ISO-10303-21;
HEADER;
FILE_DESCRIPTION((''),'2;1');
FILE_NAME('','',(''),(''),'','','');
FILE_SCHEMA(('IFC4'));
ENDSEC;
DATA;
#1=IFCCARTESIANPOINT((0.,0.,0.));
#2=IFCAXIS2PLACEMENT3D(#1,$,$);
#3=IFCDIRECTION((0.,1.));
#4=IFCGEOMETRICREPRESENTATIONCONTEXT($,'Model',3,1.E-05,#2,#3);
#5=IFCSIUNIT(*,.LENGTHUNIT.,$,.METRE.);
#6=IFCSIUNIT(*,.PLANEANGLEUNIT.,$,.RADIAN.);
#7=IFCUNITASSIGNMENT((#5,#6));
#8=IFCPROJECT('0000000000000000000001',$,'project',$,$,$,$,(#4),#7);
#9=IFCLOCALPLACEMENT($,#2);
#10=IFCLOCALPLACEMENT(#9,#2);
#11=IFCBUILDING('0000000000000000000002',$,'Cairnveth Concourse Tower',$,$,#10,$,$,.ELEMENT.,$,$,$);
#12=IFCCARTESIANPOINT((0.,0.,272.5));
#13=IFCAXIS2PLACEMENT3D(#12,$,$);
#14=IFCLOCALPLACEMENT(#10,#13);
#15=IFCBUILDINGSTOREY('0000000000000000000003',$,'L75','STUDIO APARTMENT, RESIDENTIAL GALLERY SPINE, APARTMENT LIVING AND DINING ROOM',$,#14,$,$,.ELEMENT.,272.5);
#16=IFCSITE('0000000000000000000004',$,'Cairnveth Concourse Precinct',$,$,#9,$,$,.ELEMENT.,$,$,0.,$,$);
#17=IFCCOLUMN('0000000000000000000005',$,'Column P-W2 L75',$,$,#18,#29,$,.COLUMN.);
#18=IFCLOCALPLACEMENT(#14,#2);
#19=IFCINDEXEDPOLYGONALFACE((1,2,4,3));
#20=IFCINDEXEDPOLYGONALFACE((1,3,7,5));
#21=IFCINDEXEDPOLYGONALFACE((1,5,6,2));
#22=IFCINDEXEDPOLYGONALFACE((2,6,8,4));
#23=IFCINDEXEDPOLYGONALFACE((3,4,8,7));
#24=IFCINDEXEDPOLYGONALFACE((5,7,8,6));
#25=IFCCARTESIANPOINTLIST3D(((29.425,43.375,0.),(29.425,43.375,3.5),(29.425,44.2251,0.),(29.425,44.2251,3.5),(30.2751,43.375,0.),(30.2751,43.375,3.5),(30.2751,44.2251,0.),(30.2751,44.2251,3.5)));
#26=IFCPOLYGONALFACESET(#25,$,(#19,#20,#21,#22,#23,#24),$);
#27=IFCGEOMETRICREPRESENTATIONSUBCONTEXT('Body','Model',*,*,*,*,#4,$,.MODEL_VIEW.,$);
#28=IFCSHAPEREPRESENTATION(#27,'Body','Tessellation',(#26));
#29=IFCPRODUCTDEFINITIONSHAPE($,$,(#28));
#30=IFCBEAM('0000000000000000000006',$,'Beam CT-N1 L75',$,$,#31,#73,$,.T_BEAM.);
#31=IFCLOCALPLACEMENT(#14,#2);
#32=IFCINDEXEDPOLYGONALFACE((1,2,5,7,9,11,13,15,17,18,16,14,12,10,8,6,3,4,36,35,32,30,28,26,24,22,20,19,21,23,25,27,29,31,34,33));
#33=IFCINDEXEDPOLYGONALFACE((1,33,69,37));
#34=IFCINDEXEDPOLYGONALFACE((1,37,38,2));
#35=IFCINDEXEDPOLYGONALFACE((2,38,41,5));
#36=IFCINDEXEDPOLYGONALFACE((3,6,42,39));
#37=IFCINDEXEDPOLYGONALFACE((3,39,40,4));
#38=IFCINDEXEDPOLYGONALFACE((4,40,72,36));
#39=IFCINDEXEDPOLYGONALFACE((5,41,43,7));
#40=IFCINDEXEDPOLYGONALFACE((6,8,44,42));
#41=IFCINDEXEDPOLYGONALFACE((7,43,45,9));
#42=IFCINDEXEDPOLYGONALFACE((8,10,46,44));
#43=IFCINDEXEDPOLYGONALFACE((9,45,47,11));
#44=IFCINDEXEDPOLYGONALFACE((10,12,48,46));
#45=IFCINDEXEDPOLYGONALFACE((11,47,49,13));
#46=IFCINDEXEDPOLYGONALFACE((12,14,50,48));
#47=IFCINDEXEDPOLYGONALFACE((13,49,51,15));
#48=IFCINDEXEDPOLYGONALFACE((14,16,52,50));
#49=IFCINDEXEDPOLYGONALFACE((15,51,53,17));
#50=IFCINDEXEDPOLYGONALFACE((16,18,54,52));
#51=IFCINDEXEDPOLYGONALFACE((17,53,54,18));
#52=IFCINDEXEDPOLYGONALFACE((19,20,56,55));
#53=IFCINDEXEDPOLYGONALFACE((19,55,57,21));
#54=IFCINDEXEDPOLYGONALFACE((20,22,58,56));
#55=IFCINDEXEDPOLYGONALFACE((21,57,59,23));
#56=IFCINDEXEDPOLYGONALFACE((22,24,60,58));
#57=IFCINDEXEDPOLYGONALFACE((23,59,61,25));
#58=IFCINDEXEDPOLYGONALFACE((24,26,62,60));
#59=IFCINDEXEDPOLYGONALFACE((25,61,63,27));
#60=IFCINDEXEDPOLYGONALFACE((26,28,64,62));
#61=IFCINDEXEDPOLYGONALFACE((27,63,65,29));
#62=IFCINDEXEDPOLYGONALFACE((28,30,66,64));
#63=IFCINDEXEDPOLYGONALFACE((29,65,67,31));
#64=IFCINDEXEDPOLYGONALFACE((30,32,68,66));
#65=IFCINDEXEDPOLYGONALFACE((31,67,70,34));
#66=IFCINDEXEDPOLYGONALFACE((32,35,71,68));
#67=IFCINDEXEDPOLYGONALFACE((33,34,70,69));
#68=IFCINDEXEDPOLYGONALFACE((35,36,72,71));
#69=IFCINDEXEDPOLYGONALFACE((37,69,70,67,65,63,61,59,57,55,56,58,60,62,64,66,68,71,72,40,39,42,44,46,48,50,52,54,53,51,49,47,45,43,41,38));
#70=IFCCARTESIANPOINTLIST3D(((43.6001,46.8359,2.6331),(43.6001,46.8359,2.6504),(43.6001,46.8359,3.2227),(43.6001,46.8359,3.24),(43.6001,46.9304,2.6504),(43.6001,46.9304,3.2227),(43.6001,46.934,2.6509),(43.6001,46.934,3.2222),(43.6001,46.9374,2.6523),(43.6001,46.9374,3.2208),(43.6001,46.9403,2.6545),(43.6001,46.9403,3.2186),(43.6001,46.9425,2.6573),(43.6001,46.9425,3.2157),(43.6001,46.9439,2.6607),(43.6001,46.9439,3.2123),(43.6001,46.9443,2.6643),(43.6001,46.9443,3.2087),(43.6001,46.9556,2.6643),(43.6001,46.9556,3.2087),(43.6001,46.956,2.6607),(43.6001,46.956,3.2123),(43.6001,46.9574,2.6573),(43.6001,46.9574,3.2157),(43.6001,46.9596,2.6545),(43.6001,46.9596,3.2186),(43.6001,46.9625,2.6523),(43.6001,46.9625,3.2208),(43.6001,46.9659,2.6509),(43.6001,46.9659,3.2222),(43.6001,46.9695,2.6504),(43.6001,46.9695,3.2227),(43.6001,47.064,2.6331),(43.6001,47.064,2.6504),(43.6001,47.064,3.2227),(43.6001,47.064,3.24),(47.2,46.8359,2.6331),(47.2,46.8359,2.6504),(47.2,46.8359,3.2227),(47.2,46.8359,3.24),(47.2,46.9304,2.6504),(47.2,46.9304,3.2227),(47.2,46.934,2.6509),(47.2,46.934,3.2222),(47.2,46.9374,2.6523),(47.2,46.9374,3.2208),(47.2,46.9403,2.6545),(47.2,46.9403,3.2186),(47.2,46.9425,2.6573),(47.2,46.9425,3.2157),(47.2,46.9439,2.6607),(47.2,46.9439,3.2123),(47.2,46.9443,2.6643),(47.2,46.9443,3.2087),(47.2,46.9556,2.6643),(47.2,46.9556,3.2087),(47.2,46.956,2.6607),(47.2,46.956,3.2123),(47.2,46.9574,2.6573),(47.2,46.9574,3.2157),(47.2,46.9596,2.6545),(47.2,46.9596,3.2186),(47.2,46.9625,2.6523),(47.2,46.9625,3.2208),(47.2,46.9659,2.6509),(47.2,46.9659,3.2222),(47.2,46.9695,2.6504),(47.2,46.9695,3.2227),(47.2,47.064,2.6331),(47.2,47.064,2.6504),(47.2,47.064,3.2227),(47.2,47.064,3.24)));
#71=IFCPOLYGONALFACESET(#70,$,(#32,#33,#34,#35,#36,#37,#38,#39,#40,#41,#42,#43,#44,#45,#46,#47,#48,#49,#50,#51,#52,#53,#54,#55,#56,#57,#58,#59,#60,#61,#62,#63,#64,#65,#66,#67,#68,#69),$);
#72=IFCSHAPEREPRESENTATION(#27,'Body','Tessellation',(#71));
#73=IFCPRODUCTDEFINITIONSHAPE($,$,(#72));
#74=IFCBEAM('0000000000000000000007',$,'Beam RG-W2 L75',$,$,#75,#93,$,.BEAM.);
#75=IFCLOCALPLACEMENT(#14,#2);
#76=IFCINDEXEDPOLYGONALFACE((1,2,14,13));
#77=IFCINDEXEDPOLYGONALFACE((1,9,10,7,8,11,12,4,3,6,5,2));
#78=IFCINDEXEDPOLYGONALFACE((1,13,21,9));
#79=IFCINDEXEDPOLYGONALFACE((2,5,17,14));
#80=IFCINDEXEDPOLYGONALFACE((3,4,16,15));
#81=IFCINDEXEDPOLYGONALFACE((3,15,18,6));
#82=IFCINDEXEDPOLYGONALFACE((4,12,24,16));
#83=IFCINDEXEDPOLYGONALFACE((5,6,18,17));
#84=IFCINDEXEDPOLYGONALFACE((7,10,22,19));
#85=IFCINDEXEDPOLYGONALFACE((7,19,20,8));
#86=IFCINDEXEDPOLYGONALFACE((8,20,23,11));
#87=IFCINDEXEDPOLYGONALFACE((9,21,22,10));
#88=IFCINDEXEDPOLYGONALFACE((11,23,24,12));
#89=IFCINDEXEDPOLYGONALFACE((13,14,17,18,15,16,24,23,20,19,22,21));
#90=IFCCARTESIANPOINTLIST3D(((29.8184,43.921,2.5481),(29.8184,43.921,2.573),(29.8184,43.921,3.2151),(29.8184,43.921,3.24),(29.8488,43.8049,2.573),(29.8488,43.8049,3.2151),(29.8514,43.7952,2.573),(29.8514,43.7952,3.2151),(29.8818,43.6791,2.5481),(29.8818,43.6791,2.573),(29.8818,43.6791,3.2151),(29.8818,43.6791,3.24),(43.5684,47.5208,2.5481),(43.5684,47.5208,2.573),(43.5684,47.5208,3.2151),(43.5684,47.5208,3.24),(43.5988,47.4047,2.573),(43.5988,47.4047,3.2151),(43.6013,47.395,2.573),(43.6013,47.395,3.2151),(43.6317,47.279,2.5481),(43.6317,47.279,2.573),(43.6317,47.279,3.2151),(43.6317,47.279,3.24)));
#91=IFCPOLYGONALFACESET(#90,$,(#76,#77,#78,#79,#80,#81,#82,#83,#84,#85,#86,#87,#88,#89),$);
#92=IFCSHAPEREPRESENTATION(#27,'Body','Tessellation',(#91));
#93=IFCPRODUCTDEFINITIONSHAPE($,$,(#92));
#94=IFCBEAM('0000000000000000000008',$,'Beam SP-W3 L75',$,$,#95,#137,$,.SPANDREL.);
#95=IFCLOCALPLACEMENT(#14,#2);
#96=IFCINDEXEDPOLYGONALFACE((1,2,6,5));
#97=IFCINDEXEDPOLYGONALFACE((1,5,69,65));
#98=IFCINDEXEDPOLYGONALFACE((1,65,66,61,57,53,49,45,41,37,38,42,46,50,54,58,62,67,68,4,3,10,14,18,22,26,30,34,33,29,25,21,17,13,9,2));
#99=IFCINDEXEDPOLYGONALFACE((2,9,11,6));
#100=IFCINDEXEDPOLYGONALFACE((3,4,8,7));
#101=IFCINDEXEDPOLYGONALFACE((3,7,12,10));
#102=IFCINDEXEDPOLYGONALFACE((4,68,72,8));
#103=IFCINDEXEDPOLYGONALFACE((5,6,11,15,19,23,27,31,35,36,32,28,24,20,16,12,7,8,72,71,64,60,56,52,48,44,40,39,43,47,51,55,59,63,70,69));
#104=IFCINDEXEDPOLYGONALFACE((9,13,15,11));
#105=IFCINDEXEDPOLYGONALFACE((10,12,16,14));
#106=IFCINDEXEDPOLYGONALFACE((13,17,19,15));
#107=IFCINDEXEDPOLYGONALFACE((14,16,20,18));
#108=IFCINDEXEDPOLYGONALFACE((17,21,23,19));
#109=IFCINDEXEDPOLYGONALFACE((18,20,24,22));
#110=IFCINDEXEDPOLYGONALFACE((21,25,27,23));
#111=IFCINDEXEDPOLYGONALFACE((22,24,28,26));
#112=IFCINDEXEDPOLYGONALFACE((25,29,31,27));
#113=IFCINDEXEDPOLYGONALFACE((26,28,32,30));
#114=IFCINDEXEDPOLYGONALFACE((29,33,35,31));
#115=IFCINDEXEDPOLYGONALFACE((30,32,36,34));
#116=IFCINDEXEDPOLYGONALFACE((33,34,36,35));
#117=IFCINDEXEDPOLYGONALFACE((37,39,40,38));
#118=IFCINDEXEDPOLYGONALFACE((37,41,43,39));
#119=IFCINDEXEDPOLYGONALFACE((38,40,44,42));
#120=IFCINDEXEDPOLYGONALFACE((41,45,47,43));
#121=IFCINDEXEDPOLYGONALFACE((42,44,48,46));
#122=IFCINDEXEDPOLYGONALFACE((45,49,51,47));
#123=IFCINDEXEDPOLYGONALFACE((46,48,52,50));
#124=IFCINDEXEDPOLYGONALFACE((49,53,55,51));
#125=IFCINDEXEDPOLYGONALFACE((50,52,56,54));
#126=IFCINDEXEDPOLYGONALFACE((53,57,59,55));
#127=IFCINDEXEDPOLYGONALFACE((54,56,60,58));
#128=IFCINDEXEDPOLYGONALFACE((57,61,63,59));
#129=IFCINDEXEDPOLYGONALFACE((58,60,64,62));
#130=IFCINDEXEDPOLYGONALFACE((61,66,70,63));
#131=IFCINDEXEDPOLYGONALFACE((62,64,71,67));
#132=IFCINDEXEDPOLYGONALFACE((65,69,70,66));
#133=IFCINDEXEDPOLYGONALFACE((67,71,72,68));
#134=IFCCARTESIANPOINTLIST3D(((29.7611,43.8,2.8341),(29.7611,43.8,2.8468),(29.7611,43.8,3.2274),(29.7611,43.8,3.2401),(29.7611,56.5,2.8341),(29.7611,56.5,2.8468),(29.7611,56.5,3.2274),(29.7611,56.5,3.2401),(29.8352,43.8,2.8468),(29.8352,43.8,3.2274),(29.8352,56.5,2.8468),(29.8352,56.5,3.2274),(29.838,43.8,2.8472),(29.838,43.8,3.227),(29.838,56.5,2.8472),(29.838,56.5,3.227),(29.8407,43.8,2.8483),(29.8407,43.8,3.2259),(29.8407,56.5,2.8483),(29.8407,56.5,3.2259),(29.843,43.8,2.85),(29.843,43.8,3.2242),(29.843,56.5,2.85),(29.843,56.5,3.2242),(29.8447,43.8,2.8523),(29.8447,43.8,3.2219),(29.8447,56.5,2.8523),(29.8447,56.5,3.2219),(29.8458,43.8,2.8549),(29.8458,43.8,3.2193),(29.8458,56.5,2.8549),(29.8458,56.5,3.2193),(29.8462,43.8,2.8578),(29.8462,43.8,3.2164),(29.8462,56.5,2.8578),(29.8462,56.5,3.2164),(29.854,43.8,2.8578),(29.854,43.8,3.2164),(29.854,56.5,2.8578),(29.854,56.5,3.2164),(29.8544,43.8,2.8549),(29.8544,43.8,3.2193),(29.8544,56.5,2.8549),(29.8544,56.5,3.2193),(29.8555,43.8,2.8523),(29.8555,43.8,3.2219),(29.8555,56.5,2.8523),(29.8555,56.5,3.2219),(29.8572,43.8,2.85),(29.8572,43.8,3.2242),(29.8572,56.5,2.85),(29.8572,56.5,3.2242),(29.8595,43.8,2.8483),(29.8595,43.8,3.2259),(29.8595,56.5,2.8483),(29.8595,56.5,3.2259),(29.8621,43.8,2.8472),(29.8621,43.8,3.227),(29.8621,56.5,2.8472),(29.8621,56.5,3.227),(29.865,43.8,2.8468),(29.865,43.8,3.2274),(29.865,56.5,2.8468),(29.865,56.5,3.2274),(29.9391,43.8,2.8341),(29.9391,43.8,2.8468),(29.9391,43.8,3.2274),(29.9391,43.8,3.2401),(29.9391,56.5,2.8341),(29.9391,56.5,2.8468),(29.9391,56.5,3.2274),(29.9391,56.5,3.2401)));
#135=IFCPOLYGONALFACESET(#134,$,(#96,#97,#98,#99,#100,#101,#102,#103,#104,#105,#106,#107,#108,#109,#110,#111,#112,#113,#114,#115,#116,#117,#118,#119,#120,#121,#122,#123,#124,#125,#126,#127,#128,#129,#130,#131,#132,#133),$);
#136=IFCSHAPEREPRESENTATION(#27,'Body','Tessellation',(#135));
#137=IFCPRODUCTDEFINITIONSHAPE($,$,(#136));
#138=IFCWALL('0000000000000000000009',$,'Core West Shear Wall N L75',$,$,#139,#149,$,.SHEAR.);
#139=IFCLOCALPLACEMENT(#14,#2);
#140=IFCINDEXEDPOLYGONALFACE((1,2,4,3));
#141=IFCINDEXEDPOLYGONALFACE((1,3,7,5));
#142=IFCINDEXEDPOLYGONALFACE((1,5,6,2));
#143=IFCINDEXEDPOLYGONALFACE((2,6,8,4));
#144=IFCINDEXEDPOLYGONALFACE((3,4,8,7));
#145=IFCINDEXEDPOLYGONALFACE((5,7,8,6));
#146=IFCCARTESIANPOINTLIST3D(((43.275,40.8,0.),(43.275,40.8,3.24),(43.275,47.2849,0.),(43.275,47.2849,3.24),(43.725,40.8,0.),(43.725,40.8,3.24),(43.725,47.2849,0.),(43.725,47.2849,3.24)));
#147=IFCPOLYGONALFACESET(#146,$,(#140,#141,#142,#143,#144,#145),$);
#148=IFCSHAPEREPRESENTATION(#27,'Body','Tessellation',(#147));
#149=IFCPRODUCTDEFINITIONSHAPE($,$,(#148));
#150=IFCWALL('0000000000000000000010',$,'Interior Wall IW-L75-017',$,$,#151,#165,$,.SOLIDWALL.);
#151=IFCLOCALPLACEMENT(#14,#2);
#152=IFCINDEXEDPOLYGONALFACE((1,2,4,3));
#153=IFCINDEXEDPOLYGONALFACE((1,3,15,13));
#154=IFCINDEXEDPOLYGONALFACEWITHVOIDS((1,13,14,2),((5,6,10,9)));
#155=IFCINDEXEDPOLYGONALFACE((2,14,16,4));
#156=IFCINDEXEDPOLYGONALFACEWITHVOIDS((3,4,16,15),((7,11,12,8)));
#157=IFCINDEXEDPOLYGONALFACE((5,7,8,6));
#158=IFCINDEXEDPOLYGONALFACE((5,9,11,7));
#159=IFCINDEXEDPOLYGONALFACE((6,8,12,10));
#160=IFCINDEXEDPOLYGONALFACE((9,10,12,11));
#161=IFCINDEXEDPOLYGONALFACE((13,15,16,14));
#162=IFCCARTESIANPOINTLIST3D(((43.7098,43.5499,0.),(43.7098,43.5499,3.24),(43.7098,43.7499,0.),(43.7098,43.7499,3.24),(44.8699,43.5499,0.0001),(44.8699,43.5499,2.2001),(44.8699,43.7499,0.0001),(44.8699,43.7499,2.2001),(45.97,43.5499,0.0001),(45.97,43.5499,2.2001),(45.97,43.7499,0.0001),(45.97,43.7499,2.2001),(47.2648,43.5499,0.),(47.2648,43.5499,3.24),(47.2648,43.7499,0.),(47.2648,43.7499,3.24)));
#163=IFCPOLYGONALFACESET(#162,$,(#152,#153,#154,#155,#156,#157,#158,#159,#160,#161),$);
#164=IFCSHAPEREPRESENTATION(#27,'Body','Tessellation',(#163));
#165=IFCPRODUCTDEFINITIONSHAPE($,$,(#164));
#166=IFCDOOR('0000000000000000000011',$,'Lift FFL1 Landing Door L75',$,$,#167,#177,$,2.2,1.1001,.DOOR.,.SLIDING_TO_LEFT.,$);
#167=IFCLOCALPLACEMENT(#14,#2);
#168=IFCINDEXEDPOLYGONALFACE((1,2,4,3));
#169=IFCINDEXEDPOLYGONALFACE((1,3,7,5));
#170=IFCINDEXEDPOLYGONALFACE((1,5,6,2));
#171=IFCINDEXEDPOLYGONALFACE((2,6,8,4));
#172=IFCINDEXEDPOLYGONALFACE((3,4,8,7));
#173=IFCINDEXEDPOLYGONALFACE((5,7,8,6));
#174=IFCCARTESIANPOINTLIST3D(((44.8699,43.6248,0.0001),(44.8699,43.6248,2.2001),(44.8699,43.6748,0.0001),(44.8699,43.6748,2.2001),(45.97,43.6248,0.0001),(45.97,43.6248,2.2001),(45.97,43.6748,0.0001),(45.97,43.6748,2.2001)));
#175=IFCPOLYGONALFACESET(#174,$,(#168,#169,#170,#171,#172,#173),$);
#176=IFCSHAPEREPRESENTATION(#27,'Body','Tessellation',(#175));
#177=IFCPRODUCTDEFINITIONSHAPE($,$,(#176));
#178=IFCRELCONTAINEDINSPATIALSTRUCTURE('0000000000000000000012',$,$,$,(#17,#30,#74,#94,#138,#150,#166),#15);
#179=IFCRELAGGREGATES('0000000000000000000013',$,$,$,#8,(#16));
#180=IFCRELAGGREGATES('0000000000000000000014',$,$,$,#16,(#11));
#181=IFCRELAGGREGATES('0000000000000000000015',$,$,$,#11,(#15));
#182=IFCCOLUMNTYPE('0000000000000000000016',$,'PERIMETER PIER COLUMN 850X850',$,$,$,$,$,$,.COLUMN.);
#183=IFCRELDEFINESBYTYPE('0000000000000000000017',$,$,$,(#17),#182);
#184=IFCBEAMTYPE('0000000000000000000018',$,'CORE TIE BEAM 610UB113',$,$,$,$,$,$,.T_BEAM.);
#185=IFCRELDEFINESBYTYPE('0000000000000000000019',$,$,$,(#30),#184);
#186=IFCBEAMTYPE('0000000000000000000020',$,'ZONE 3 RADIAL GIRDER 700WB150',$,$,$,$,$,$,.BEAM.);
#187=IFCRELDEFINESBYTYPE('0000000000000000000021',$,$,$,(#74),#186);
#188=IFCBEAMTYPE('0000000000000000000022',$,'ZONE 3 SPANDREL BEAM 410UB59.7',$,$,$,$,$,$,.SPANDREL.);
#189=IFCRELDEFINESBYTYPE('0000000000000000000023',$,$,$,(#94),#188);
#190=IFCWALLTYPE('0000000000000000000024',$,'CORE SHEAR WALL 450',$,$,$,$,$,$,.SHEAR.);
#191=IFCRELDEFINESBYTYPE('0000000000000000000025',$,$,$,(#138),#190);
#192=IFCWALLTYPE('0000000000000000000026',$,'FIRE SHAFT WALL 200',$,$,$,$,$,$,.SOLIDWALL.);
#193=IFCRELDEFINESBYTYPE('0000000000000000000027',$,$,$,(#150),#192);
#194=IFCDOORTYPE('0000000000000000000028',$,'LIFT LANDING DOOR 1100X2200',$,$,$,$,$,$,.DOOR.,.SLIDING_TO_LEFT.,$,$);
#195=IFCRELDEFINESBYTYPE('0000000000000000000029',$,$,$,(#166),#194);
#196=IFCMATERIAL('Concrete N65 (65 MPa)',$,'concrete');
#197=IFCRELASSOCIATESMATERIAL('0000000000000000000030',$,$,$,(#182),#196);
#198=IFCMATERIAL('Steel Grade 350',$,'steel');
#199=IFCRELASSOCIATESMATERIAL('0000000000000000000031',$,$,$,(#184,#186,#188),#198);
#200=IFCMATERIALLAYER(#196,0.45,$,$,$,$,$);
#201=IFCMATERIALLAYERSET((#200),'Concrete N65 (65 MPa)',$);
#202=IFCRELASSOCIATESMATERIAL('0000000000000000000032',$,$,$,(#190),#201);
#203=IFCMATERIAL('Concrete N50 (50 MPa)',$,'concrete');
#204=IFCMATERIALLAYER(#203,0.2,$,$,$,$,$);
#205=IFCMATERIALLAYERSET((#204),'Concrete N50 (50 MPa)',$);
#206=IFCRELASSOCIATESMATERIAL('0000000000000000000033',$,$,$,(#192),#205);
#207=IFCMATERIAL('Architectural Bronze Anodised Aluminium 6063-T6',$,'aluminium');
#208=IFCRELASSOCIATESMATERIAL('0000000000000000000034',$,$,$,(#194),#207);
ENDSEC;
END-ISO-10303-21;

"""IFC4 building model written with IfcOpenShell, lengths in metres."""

from ifc_helpers import new_model, si_unit, direction, frame, frame_2d, origin, origin_2d, place, context, subcontext, project, spatial, rectangle, i_section, extrude, material, layer, layer_set, material_profile, profile_set, type_object, element, fill, save


model = new_model("IFC4")

# Units and contexts
model_context = context("Model", 3, precision=1e-05, world=origin(), true_north=direction((0.0, 1.0)))
body_context = subcontext(model_context, "Body", "Model", "MODEL_VIEW")
ifc_project = project(units=[si_unit("LENGTHUNIT", "METRE"), si_unit("PLANEANGLEUNIT", "RADIAN")], contexts=[model_context])

# Site, building, storey
site_placement = place(None, origin())
site = spatial("IfcSite", under=ifc_project, at=site_placement, Name="Cairnveth Concourse Precinct", CompositionType="ELEMENT", RefElevation=0.0)
building_placement = place(site_placement, origin())
building = spatial("IfcBuilding", under=site, at=building_placement, Name="Cairnveth Concourse Tower", CompositionType="ELEMENT")
storey_placement = place(building_placement, frame((0.0, 0.0, 272.5)))
storey = spatial("IfcBuildingStorey", under=building, at=storey_placement, Name="L75", Description="STUDIO APARTMENT, RESIDENTIAL GALLERY SPINE, APARTMENT LIVING AND DINING ROOM", CompositionType="ELEMENT", Elevation=272.5)

# Column
ifc_material_1 = material(Name="Concrete N65 (65 MPa)", Category="concrete")
ifc_material_profile_1 = material_profile(ifc_material_1, rectangle(XDim=0.8501, YDim=0.8501, at=origin_2d()), Name="RC-COL-850x850")
ifc_profile_set_1 = profile_set([ifc_material_profile_1], Name="Concrete N65 (65 MPa)")
column_type = type_object("IfcColumnType", Name="PERIMETER PIER COLUMN 850X850", PredefinedType="COLUMN", material=ifc_profile_set_1)
column_placement = place(storey_placement, frame((29.8501, 43.8, 0.0), z_axis=(0.0, 0.0, 1.0), x_axis=(0.0, 1.0, 0.0)))
element("IfcColumn", 1, at=column_placement, inside=storey, type_object=column_type, Name="Column P-W2 L75", PredefinedType="COLUMN", context=body_context, shape_type="SweptSolid", body=[
    extrude(rectangle(XDim=0.8501, YDim=0.8501, at=origin_2d()), origin(), (0.0, 0.0, 1.0), 3.5),
])

# Beams
ifc_material_2 = material(Name="Steel Grade 350", Category="steel")
ifc_material_profile_2 = material_profile(ifc_material_2, i_section(OverallWidth=0.228, OverallDepth=0.6069, WebThickness=0.0112, FlangeThickness=0.0173, FilletRadius=0.0139, at=origin_2d()), Name="610UB113")
ifc_profile_set_2 = profile_set([ifc_material_profile_2], Name="Steel Grade 350")
beam_type_1 = type_object("IfcBeamType", Name="CORE TIE BEAM 610UB113", PredefinedType="T_BEAM", material=ifc_profile_set_2)
beam_1_placement = place(storey_placement, frame((43.6001, 46.95, 2.9365), z_axis=(1.0, 0.0, 0.0), x_axis=(0.0, 1.0, 0.0)))
element("IfcBeam", 2, at=beam_1_placement, inside=storey, type_object=beam_type_1, Name="Beam CT-N1 L75", PredefinedType="T_BEAM", context=body_context, shape_type="SweptSolid", body=[
    extrude(i_section(OverallWidth=0.228, OverallDepth=0.6069, WebThickness=0.0112, FlangeThickness=0.0173, FilletRadius=0.0139, at=origin_2d()), origin(), (0.0, 0.0, 1.0), 3.5999),
])
ifc_material_profile_3 = material_profile(ifc_material_2, i_section(OverallWidth=0.25, OverallDepth=0.6919, WebThickness=0.01, FlangeThickness=0.0249, at=origin_2d()), Name="700WB150")
ifc_profile_set_3 = profile_set([ifc_material_profile_3], Name="Steel Grade 350")
beam_type_2 = type_object("IfcBeamType", Name="ZONE 3 RADIAL GIRDER 700WB150", PredefinedType="BEAM", material=ifc_profile_set_3)
beam_2_placement = place(storey_placement, frame((29.8501, 43.8, 2.894), z_axis=(0.967395, 0.253271, 0.0), x_axis=(-0.253271, 0.967395, 0.0)))
element("IfcBeam", 3, at=beam_2_placement, inside=storey, type_object=beam_type_2, Name="Beam RG-W2 L75", PredefinedType="BEAM", context=body_context, shape_type="SweptSolid", body=[
    extrude(i_section(OverallWidth=0.25, OverallDepth=0.6919, WebThickness=0.01, FlangeThickness=0.0249, at=origin_2d()), origin(), (0.0, 0.0, 1.0), 14.2134),
])
ifc_material_profile_4 = material_profile(ifc_material_2, i_section(OverallWidth=0.178, OverallDepth=0.406, WebThickness=0.0078, FlangeThickness=0.0127, FilletRadius=0.011, at=origin_2d()), Name="410UB59.7")
ifc_profile_set_4 = profile_set([ifc_material_profile_4], Name="Steel Grade 350")
beam_type_3 = type_object("IfcBeamType", Name="ZONE 3 SPANDREL BEAM 410UB59.7", PredefinedType="SPANDREL", material=ifc_profile_set_4)
beam_3_placement = place(storey_placement, frame((29.8501, 43.8, 3.0371), z_axis=(0.0, 1.0, 0.0), x_axis=(-1.0, 0.0, 0.0)))
element("IfcBeam", 4, at=beam_3_placement, inside=storey, type_object=beam_type_3, Name="Beam SP-W3 L75", PredefinedType="SPANDREL", context=body_context, shape_type="SweptSolid", body=[
    extrude(i_section(OverallWidth=0.178, OverallDepth=0.406, WebThickness=0.0078, FlangeThickness=0.0127, FilletRadius=0.011, at=origin_2d()), origin(), (0.0, 0.0, 1.0), 12.7),
])

# Wall
ifc_layer_1 = layer(ifc_material_1, 0.45)
ifc_layer_set_1 = layer_set([ifc_layer_1], Name="Concrete N65 (65 MPa)")
wall_type_1 = type_object("IfcWallType", Name="CORE SHEAR WALL 450", PredefinedType="SHEAR", material=ifc_layer_set_1)
wall_1_placement = place(storey_placement, frame((43.5, 40.8, 0.0), z_axis=(0.0, 0.0, 1.0), x_axis=(0.0, 1.0, 0.0)))
element("IfcWall", 5, at=wall_1_placement, inside=storey, type_object=wall_type_1, Name="Core West Shear Wall N L75", PredefinedType="SHEAR", context=body_context, shape_type="SweptSolid", body=[
    extrude(rectangle(XDim=6.4849, YDim=0.45, at=frame_2d((3.2424, 0.0))), origin(), (0.0, 0.0, 1.0), 3.24),
])

# Wall, opening, door
ifc_material_3 = material(Name="Concrete N50 (50 MPa)", Category="concrete")
ifc_layer_2 = layer(ifc_material_3, 0.2)
ifc_layer_set_2 = layer_set([ifc_layer_2], Name="Concrete N50 (50 MPa)")
wall_type_2 = type_object("IfcWallType", Name="FIRE SHAFT WALL 200", PredefinedType="SOLIDWALL", material=ifc_layer_set_2)
wall_2_placement = place(storey_placement, frame((43.71, 43.6499, 0.0), z_axis=(0.0, 0.0, 1.0), x_axis=(1.0, 0.0, 0.0)))
wall_2 = element("IfcWall", 6, at=wall_2_placement, inside=storey, type_object=wall_type_2, Name="Interior Wall IW-L75-017", PredefinedType="SOLIDWALL", context=body_context, shape_type="SweptSolid", body=[
    extrude(rectangle(XDim=3.5549, YDim=0.2, at=frame_2d((1.7773, 0.0))), origin(), (0.0, 0.0, 1.0), 3.24),
])
opening_1_placement = place(wall_2_placement, frame((1.1599, 0.0, 0.0)))
opening_1 = element("IfcOpeningElement", 7, at=opening_1_placement, cuts=wall_2, PredefinedType="OPENING", context=body_context, shape_type="SweptSolid", body=[
    extrude(rectangle(XDim=1.1001, YDim=2.2, at=frame_2d((0.55, 1.1001))), frame((0.0, 0.1099, 0.0), z_axis=(0.0, -1.0, 0.0), x_axis=(1.0, 0.0, 0.0)), (0.0, 0.0, 1.0), 0.22),
])
ifc_material_4 = material(Name="Architectural Bronze Anodised Aluminium 6063-T6", Category="aluminium")
door_type_1 = type_object("IfcDoorType", Name="LIFT LANDING DOOR 1100X2200", OperationType="SLIDING_TO_LEFT", PredefinedType="DOOR", material=ifc_material_4)
door_1_placement = place(opening_1_placement, origin())
door_1 = element("IfcDoor", 8, at=door_1_placement, inside=storey, type_object=door_type_1, Name="Lift FFL1 Landing Door L75", OperationType="SLIDING_TO_LEFT", OverallHeight=2.2, OverallWidth=1.1001, PredefinedType="DOOR", context=body_context, shape_type="SweptSolid", body=[
    extrude(rectangle(XDim=1.1001, YDim=2.2, at=frame_2d((0.55, 1.1001))), frame((0.0, 0.0249, 0.0), z_axis=(0.0, -1.0, 0.0), x_axis=(1.0, 0.0, 0.0)), (0.0, 0.0, 1.0), 0.05),
])
fill(opening_1, door_1)

save(model, "model.ifc")
